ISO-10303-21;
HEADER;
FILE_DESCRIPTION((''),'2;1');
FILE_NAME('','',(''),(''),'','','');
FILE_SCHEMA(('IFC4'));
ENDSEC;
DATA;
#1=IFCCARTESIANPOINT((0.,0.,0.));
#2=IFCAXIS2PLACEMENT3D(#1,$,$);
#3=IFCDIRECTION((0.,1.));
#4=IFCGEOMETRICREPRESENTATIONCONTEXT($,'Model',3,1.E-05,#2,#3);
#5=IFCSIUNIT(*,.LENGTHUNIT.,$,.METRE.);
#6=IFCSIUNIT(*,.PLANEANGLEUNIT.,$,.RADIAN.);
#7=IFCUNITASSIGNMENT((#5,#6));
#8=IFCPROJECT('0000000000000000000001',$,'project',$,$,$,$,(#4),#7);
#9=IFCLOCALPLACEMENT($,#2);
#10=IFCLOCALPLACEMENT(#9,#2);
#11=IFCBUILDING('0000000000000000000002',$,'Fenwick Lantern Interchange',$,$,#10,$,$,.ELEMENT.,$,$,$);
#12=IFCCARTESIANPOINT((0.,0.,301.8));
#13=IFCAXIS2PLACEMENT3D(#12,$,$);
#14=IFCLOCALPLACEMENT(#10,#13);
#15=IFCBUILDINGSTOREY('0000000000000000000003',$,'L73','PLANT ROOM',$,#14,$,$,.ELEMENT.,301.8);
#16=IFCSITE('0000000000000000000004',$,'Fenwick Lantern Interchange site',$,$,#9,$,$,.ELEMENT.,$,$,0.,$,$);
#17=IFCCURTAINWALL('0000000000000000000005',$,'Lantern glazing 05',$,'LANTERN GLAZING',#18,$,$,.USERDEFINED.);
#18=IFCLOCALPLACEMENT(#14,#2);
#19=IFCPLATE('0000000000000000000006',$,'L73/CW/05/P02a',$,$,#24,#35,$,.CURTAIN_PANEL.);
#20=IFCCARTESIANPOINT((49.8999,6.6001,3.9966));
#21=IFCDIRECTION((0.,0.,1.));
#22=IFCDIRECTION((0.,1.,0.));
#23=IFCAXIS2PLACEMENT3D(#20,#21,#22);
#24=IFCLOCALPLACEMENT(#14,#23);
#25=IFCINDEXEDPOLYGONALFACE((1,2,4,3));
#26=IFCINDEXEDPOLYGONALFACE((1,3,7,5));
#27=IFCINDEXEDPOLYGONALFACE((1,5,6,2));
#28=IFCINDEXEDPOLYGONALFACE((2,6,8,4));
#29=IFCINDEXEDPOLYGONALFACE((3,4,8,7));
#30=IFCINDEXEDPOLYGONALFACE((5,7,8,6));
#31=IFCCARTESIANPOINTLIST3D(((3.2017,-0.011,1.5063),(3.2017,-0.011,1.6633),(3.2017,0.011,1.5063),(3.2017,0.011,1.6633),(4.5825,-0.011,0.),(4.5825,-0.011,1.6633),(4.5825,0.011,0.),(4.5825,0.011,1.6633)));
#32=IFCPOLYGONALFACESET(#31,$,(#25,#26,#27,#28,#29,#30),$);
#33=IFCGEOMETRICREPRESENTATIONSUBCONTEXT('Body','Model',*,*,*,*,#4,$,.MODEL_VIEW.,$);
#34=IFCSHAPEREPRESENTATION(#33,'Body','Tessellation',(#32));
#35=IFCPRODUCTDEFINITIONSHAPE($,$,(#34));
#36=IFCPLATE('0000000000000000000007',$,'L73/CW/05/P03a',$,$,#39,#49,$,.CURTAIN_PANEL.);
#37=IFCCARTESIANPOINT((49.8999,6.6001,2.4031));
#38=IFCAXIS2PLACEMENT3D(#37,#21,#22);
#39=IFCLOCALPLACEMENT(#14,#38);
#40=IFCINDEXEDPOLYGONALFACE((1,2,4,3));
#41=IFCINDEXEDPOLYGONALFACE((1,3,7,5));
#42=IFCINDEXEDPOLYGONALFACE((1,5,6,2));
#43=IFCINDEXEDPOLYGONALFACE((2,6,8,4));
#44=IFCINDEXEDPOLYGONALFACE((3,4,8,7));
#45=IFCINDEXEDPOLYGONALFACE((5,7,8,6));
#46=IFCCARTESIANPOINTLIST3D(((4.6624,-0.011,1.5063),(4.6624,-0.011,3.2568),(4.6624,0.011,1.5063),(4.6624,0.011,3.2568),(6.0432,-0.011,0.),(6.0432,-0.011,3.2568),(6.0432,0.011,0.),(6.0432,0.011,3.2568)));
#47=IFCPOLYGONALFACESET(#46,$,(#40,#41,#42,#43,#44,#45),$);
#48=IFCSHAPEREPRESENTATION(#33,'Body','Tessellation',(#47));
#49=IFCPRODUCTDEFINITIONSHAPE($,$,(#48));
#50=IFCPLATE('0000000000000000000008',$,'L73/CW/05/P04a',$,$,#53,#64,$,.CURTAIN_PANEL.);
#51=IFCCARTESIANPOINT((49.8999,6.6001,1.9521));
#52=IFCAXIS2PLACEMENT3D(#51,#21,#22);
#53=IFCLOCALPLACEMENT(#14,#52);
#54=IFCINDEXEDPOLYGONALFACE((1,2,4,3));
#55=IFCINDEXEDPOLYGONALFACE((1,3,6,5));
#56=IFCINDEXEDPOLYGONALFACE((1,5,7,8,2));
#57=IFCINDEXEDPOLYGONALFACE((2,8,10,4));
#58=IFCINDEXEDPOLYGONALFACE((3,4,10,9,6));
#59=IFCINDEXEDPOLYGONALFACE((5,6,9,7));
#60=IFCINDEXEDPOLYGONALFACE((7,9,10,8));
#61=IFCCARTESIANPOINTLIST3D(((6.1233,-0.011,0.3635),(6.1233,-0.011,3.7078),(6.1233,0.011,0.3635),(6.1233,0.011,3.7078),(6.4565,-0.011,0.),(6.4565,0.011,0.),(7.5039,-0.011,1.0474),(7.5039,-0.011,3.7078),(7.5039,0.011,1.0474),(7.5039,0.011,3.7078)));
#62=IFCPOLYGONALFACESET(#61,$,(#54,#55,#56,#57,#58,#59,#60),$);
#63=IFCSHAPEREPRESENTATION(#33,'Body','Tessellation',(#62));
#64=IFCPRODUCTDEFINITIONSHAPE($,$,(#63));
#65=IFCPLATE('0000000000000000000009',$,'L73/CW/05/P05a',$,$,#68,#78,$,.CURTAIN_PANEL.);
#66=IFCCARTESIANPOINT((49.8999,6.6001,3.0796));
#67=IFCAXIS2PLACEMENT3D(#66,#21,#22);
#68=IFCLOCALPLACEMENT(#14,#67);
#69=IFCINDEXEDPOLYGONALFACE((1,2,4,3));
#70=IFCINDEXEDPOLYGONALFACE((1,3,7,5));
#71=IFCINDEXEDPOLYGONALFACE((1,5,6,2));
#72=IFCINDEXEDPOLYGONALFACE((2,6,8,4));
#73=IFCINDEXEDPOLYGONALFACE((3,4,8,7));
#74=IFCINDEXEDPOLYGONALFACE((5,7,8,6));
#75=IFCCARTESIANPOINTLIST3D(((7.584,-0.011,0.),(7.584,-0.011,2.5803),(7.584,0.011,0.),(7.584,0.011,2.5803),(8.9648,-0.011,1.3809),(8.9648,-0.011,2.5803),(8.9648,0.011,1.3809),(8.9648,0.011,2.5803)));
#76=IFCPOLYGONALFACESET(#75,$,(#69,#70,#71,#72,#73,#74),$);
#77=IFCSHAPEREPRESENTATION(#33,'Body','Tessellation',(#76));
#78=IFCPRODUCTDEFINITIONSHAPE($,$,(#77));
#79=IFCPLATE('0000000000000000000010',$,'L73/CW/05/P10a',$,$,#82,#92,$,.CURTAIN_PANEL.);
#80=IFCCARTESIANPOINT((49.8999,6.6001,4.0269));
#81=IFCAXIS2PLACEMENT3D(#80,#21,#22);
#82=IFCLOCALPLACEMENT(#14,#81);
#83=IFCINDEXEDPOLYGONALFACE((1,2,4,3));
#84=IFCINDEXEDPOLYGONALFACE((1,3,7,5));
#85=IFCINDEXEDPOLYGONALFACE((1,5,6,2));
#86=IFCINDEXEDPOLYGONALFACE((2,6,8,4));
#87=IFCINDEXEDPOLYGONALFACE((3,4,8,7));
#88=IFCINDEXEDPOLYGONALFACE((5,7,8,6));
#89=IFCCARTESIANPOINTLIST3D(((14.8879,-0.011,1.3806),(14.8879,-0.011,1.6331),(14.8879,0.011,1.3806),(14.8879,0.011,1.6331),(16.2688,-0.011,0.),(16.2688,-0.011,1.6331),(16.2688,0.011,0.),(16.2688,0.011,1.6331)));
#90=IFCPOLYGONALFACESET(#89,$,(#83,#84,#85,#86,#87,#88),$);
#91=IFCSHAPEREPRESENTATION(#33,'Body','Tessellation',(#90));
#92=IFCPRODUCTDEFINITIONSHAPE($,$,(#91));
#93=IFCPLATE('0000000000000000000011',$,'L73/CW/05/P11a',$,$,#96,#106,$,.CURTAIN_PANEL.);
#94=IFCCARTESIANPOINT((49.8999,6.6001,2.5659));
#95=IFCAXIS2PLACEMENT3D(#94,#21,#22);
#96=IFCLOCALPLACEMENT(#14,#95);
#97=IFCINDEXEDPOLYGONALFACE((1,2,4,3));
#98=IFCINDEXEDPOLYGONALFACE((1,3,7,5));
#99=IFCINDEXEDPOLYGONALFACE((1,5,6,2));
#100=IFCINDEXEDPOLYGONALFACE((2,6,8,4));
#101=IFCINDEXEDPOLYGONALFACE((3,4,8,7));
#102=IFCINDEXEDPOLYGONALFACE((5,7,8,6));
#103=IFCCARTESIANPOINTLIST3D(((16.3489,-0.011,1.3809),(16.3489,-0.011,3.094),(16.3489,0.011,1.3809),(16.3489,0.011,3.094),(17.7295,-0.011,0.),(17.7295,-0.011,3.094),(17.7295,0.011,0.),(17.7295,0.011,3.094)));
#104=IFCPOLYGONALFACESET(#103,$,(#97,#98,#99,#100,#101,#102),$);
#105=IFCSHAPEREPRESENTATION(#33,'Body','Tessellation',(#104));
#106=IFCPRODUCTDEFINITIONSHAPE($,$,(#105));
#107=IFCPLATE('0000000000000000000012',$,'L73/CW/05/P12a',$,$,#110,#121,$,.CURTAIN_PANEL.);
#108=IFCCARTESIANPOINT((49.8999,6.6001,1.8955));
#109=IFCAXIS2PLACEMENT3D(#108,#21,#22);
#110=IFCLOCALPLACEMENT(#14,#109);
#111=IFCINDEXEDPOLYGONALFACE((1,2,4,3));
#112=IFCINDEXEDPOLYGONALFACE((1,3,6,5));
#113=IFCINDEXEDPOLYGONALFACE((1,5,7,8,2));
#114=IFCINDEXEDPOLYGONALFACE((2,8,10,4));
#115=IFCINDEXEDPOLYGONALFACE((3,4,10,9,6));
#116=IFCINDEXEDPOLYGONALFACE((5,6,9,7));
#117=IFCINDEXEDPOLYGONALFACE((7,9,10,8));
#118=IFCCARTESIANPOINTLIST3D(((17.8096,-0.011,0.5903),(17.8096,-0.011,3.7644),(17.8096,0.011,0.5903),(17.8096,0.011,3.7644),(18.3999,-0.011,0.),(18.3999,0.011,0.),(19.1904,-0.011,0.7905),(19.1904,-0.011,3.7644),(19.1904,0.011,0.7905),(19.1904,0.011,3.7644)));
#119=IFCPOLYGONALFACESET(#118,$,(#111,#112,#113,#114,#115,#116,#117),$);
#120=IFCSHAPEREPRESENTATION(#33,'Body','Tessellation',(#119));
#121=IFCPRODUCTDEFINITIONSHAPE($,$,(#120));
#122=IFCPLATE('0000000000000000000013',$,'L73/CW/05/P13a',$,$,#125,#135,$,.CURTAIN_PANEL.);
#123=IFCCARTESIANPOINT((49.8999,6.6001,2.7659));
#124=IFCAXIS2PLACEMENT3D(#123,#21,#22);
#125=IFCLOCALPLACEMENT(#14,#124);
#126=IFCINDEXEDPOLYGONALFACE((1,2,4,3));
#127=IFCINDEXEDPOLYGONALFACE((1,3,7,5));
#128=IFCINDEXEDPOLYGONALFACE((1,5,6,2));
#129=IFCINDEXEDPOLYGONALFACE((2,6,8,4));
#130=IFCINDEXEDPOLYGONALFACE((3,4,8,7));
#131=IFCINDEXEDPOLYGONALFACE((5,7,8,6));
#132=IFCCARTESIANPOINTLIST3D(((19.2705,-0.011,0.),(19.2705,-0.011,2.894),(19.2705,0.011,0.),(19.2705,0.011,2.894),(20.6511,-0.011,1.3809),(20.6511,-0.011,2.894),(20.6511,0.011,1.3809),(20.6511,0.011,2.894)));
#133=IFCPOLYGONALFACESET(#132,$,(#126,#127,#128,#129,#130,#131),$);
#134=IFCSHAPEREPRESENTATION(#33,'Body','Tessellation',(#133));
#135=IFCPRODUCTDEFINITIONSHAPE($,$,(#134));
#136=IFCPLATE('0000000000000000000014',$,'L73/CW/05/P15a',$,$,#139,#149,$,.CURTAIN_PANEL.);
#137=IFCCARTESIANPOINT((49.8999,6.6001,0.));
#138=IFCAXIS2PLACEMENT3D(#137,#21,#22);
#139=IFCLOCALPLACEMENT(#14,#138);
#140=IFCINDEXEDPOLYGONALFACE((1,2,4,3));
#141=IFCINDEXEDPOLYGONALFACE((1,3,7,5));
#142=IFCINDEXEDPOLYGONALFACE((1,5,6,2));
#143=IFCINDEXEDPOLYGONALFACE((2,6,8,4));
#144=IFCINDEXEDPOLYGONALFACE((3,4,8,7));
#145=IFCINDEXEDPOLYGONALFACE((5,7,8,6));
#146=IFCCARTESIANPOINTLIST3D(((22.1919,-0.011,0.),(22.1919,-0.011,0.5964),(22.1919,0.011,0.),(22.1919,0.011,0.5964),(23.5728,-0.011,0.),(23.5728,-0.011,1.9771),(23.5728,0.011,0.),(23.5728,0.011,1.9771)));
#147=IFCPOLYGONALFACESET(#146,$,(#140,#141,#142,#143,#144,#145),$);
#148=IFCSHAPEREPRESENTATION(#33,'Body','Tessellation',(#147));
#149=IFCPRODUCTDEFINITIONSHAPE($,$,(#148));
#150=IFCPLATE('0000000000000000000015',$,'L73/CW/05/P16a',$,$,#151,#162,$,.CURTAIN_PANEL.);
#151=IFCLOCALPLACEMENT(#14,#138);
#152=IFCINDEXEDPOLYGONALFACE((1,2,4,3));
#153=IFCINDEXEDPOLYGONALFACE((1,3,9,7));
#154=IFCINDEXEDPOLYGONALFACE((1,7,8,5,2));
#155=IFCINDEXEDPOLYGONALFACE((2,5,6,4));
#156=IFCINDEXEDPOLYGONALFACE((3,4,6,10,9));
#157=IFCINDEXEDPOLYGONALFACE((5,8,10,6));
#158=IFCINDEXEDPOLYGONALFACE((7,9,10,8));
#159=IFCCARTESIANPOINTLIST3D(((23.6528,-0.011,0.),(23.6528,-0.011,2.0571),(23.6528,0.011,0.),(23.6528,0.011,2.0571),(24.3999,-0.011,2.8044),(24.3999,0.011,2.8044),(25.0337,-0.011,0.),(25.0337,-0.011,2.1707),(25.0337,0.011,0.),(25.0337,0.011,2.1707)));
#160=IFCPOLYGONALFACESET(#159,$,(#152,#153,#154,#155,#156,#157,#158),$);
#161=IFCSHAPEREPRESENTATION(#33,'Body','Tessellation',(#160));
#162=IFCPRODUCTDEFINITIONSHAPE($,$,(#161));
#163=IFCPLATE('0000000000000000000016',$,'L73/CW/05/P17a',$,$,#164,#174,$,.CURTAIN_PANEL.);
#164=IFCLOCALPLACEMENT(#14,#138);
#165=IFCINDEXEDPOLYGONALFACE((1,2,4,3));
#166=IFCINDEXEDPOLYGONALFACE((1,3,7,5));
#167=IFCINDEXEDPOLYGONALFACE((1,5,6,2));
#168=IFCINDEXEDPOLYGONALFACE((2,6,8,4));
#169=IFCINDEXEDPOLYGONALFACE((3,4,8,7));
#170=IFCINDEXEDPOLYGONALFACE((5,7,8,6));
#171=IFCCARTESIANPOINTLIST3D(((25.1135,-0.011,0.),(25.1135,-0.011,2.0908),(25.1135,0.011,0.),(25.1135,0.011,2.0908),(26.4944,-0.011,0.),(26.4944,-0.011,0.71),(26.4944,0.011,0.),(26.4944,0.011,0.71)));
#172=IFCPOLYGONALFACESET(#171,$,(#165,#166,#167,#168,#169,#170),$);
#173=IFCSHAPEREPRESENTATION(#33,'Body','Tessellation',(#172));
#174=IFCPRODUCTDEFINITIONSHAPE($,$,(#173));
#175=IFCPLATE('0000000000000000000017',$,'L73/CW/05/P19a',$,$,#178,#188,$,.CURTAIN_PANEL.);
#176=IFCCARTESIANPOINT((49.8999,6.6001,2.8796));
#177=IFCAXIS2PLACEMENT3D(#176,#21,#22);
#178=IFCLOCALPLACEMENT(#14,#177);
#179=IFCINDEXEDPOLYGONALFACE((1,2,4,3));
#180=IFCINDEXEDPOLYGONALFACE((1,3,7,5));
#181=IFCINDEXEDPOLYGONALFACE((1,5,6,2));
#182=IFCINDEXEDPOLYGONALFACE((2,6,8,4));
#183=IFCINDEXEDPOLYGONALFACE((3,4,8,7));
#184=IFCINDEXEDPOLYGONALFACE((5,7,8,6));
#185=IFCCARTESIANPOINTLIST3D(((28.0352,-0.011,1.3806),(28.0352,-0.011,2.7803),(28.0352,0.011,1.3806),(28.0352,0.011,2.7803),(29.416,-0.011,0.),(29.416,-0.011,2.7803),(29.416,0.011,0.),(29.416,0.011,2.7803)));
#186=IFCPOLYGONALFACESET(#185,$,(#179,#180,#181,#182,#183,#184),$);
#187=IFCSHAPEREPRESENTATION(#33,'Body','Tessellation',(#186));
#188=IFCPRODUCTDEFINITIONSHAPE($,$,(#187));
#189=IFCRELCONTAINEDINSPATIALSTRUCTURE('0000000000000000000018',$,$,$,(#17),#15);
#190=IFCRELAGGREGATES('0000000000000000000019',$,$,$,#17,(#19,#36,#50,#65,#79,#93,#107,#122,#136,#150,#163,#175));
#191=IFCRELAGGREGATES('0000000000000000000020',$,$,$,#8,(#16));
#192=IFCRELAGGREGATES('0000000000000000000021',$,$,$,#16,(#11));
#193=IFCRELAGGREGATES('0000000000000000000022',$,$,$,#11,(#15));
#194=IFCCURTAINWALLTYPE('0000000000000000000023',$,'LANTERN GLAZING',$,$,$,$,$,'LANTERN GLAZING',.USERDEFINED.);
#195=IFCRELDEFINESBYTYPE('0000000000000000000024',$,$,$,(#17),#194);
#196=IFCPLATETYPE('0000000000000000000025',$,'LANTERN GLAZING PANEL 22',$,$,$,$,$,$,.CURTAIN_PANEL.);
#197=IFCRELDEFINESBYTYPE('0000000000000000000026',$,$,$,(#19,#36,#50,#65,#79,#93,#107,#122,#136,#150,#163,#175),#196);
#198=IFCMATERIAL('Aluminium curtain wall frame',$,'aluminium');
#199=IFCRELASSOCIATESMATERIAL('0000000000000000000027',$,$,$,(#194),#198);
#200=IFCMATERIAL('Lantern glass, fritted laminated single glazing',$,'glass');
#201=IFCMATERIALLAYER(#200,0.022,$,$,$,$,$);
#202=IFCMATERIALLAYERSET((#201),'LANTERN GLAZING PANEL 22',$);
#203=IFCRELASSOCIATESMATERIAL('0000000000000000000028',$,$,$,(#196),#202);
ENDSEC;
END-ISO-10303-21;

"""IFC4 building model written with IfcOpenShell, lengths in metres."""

from ifc_helpers import new_model, si_unit, direction, frame, origin, place, context, subcontext, project, spatial, polyline, outline, extrude, material, layer, layer_set, type_object, element, aggregate, save


model = new_model("IFC4")

# Units and contexts
model_context = context("Model", 3, precision=1e-05, world=origin(), true_north=direction((0.0, 1.0)))
body_context = subcontext(model_context, "Body", "Model", "MODEL_VIEW")
ifc_project = project(units=[si_unit("LENGTHUNIT", "METRE"), si_unit("PLANEANGLEUNIT", "RADIAN")], contexts=[model_context])

# Site, building, storey
site_placement = place(None, origin())
site = spatial("IfcSite", under=ifc_project, at=site_placement, Name="Fenwick Lantern Interchange site", CompositionType="ELEMENT", RefElevation=0.0)
building_placement = place(site_placement, origin())
building = spatial("IfcBuilding", under=site, at=building_placement, Name="Fenwick Lantern Interchange", CompositionType="ELEMENT")
storey_placement = place(building_placement, frame((0.0, 0.0, 301.8)))
storey = spatial("IfcBuildingStorey", under=building, at=storey_placement, Name="L73", Description="PLANT ROOM", CompositionType="ELEMENT", Elevation=301.8)

# Shared definitions
ifc_material_1 = material(Name="Aluminium curtain wall frame", Category="aluminium")
curtain_wall_type = type_object("IfcCurtainWallType", Name="LANTERN GLAZING", ElementType="LANTERN GLAZING", PredefinedType="USERDEFINED", material=ifc_material_1)

# Curtain wall, plates
curtain_wall_1_placement = place(storey_placement, origin())
curtain_wall_1 = element("IfcCurtainWall", 1, at=curtain_wall_1_placement, inside=storey, type_object=curtain_wall_type, Name="Lantern glazing 05", ObjectType="LANTERN GLAZING", PredefinedType="USERDEFINED")
ifc_material_2 = material(Name="Lantern glass, fritted laminated single glazing", Category="glass")
ifc_layer_1 = layer(ifc_material_2, 0.022)
ifc_layer_set_1 = layer_set([ifc_layer_1], Name="LANTERN GLAZING PANEL 22")
plate_type = type_object("IfcPlateType", Name="LANTERN GLAZING PANEL 22", PredefinedType="CURTAIN_PANEL", material=ifc_layer_set_1)
plate_1_placement = place(storey_placement, frame((49.8999, 6.6001, 3.9966), z_axis=(0.0, 0.0, 1.0), x_axis=(0.0, 1.0, 0.0)))
plate_1 = element("IfcPlate", 2, at=plate_1_placement, type_object=plate_type, Name="L73/CW/05/P02a", PredefinedType="CURTAIN_PANEL", context=body_context, shape_type="SweptSolid", body=[
    extrude(outline(polyline([(4.5825, 0.0), (4.5825, 1.6633), (3.2017, 1.6633), (3.2017, 1.5063), (4.5825, 0.0)])), frame((0.0, 0.011, 0.0), z_axis=(0.0, -1.0, 0.0), x_axis=(1.0, 0.0, 0.0)), (0.0, 0.0, 1.0), 0.022),
])
plate_2_placement = place(storey_placement, frame((49.8999, 6.6001, 2.4031), z_axis=(0.0, 0.0, 1.0), x_axis=(0.0, 1.0, 0.0)))
plate_2 = element("IfcPlate", 3, at=plate_2_placement, type_object=plate_type, Name="L73/CW/05/P03a", PredefinedType="CURTAIN_PANEL", context=body_context, shape_type="SweptSolid", body=[
    extrude(outline(polyline([(6.0432, 0.0), (6.0432, 3.2568), (4.6624, 3.2568), (4.6624, 1.5063), (6.0432, 0.0)])), frame((0.0, 0.011, 0.0), z_axis=(0.0, -1.0, 0.0), x_axis=(1.0, 0.0, 0.0)), (0.0, 0.0, 1.0), 0.022),
])
plate_3_placement = place(storey_placement, frame((49.8999, 6.6001, 1.9521), z_axis=(0.0, 0.0, 1.0), x_axis=(0.0, 1.0, 0.0)))
plate_3 = element("IfcPlate", 4, at=plate_3_placement, type_object=plate_type, Name="L73/CW/05/P04a", PredefinedType="CURTAIN_PANEL", context=body_context, shape_type="SweptSolid", body=[
    extrude(outline(polyline([(6.4565, 0.0), (7.5039, 1.0474), (7.5039, 3.7078), (6.1233, 3.7078), (6.1233, 0.3635), (6.4565, 0.0)])), frame((0.0, 0.011, 0.0), z_axis=(0.0, -1.0, 0.0), x_axis=(1.0, 0.0, 0.0)), (0.0, 0.0, 1.0), 0.022),
])
plate_4_placement = place(storey_placement, frame((49.8999, 6.6001, 3.0796), z_axis=(0.0, 0.0, 1.0), x_axis=(0.0, 1.0, 0.0)))
plate_4 = element("IfcPlate", 5, at=plate_4_placement, type_object=plate_type, Name="L73/CW/05/P05a", PredefinedType="CURTAIN_PANEL", context=body_context, shape_type="SweptSolid", body=[
    extrude(outline(polyline([(7.584, 0.0), (8.9648, 1.3809), (8.9648, 2.5803), (7.584, 2.5803), (7.584, 0.0)])), frame((0.0, 0.011, 0.0), z_axis=(0.0, -1.0, 0.0), x_axis=(1.0, 0.0, 0.0)), (0.0, 0.0, 1.0), 0.022),
])
plate_5_placement = place(storey_placement, frame((49.8999, 6.6001, 4.0269), z_axis=(0.0, 0.0, 1.0), x_axis=(0.0, 1.0, 0.0)))
plate_5 = element("IfcPlate", 6, at=plate_5_placement, type_object=plate_type, Name="L73/CW/05/P10a", PredefinedType="CURTAIN_PANEL", context=body_context, shape_type="SweptSolid", body=[
    extrude(outline(polyline([(16.2688, 0.0), (16.2688, 1.6331), (14.8879, 1.6331), (14.8879, 1.3806), (16.2688, 0.0)])), frame((0.0, 0.011, 0.0), z_axis=(0.0, -1.0, 0.0), x_axis=(1.0, 0.0, 0.0)), (0.0, 0.0, 1.0), 0.022),
])
plate_6_placement = place(storey_placement, frame((49.8999, 6.6001, 2.5659), z_axis=(0.0, 0.0, 1.0), x_axis=(0.0, 1.0, 0.0)))
plate_6 = element("IfcPlate", 7, at=plate_6_placement, type_object=plate_type, Name="L73/CW/05/P11a", PredefinedType="CURTAIN_PANEL", context=body_context, shape_type="SweptSolid", body=[
    extrude(outline(polyline([(17.7295, 0.0), (17.7295, 3.094), (16.3489, 3.094), (16.3489, 1.3809), (17.7295, 0.0)])), frame((0.0, 0.011, 0.0), z_axis=(0.0, -1.0, 0.0), x_axis=(1.0, 0.0, 0.0)), (0.0, 0.0, 1.0), 0.022),
])
plate_7_placement = place(storey_placement, frame((49.8999, 6.6001, 1.8955), z_axis=(0.0, 0.0, 1.0), x_axis=(0.0, 1.0, 0.0)))
plate_7 = element("IfcPlate", 8, at=plate_7_placement, type_object=plate_type, Name="L73/CW/05/P12a", PredefinedType="CURTAIN_PANEL", context=body_context, shape_type="SweptSolid", body=[
    extrude(outline(polyline([(18.3999, 0.0), (19.1904, 0.7905), (19.1904, 3.7644), (17.8096, 3.7644), (17.8096, 0.5903), (18.3999, 0.0)])), frame((0.0, 0.011, 0.0), z_axis=(0.0, -1.0, 0.0), x_axis=(1.0, 0.0, 0.0)), (0.0, 0.0, 1.0), 0.022),
])
plate_8_placement = place(storey_placement, frame((49.8999, 6.6001, 2.7659), z_axis=(0.0, 0.0, 1.0), x_axis=(0.0, 1.0, 0.0)))
plate_8 = element("IfcPlate", 9, at=plate_8_placement, type_object=plate_type, Name="L73/CW/05/P13a", PredefinedType="CURTAIN_PANEL", context=body_context, shape_type="SweptSolid", body=[
    extrude(outline(polyline([(19.2705, 0.0), (20.6511, 1.3809), (20.6511, 2.894), (19.2705, 2.894), (19.2705, 0.0)])), frame((0.0, 0.011, 0.0), z_axis=(0.0, -1.0, 0.0), x_axis=(1.0, 0.0, 0.0)), (0.0, 0.0, 1.0), 0.022),
])
plate_9_placement = place(storey_placement, frame((49.8999, 6.6001, 0.0), z_axis=(0.0, 0.0, 1.0), x_axis=(0.0, 1.0, 0.0)))
plate_9 = element("IfcPlate", 10, at=plate_9_placement, type_object=plate_type, Name="L73/CW/05/P15a", PredefinedType="CURTAIN_PANEL", context=body_context, shape_type="SweptSolid", body=[
    extrude(outline(polyline([(22.1919, 0.0), (23.5728, 0.0), (23.5728, 1.9771), (22.1919, 0.5964), (22.1919, 0.0)])), frame((0.0, 0.011, 0.0), z_axis=(0.0, -1.0, 0.0), x_axis=(1.0, 0.0, 0.0)), (0.0, 0.0, 1.0), 0.022),
])
plate_10_placement = place(storey_placement, frame((49.8999, 6.6001, 0.0), z_axis=(0.0, 0.0, 1.0), x_axis=(0.0, 1.0, 0.0)))
plate_10 = element("IfcPlate", 11, at=plate_10_placement, type_object=plate_type, Name="L73/CW/05/P16a", PredefinedType="CURTAIN_PANEL", context=body_context, shape_type="SweptSolid", body=[
    extrude(outline(polyline([(23.6528, 0.0), (25.0337, 0.0), (25.0337, 2.1707), (24.3999, 2.8044), (23.6528, 2.0571), (23.6528, 0.0)])), frame((0.0, 0.011, 0.0), z_axis=(0.0, -1.0, 0.0), x_axis=(1.0, 0.0, 0.0)), (0.0, 0.0, 1.0), 0.022),
])
plate_11_placement = place(storey_placement, frame((49.8999, 6.6001, 0.0), z_axis=(0.0, 0.0, 1.0), x_axis=(0.0, 1.0, 0.0)))
plate_11 = element("IfcPlate", 12, at=plate_11_placement, type_object=plate_type, Name="L73/CW/05/P17a", PredefinedType="CURTAIN_PANEL", context=body_context, shape_type="SweptSolid", body=[
    extrude(outline(polyline([(25.1135, 0.0), (26.4944, 0.0), (26.4944, 0.71), (25.1135, 2.0908), (25.1135, 0.0)])), frame((0.0, 0.011, 0.0), z_axis=(0.0, -1.0, 0.0), x_axis=(1.0, 0.0, 0.0)), (0.0, 0.0, 1.0), 0.022),
])
plate_12_placement = place(storey_placement, frame((49.8999, 6.6001, 2.8796), z_axis=(0.0, 0.0, 1.0), x_axis=(0.0, 1.0, 0.0)))
plate_12 = element("IfcPlate", 13, at=plate_12_placement, type_object=plate_type, Name="L73/CW/05/P19a", PredefinedType="CURTAIN_PANEL", context=body_context, shape_type="SweptSolid", body=[
    extrude(outline(polyline([(29.416, 0.0), (29.416, 2.7803), (28.0352, 2.7803), (28.0352, 1.3806), (29.416, 0.0)])), frame((0.0, 0.011, 0.0), z_axis=(0.0, -1.0, 0.0), x_axis=(1.0, 0.0, 0.0)), (0.0, 0.0, 1.0), 0.022),
])
aggregate(curtain_wall_1, [plate_1, plate_2, plate_3, plate_4, plate_5, plate_6, plate_7, plate_8, plate_9, plate_10, plate_11, plate_12])

save(model, "model.ifc")
